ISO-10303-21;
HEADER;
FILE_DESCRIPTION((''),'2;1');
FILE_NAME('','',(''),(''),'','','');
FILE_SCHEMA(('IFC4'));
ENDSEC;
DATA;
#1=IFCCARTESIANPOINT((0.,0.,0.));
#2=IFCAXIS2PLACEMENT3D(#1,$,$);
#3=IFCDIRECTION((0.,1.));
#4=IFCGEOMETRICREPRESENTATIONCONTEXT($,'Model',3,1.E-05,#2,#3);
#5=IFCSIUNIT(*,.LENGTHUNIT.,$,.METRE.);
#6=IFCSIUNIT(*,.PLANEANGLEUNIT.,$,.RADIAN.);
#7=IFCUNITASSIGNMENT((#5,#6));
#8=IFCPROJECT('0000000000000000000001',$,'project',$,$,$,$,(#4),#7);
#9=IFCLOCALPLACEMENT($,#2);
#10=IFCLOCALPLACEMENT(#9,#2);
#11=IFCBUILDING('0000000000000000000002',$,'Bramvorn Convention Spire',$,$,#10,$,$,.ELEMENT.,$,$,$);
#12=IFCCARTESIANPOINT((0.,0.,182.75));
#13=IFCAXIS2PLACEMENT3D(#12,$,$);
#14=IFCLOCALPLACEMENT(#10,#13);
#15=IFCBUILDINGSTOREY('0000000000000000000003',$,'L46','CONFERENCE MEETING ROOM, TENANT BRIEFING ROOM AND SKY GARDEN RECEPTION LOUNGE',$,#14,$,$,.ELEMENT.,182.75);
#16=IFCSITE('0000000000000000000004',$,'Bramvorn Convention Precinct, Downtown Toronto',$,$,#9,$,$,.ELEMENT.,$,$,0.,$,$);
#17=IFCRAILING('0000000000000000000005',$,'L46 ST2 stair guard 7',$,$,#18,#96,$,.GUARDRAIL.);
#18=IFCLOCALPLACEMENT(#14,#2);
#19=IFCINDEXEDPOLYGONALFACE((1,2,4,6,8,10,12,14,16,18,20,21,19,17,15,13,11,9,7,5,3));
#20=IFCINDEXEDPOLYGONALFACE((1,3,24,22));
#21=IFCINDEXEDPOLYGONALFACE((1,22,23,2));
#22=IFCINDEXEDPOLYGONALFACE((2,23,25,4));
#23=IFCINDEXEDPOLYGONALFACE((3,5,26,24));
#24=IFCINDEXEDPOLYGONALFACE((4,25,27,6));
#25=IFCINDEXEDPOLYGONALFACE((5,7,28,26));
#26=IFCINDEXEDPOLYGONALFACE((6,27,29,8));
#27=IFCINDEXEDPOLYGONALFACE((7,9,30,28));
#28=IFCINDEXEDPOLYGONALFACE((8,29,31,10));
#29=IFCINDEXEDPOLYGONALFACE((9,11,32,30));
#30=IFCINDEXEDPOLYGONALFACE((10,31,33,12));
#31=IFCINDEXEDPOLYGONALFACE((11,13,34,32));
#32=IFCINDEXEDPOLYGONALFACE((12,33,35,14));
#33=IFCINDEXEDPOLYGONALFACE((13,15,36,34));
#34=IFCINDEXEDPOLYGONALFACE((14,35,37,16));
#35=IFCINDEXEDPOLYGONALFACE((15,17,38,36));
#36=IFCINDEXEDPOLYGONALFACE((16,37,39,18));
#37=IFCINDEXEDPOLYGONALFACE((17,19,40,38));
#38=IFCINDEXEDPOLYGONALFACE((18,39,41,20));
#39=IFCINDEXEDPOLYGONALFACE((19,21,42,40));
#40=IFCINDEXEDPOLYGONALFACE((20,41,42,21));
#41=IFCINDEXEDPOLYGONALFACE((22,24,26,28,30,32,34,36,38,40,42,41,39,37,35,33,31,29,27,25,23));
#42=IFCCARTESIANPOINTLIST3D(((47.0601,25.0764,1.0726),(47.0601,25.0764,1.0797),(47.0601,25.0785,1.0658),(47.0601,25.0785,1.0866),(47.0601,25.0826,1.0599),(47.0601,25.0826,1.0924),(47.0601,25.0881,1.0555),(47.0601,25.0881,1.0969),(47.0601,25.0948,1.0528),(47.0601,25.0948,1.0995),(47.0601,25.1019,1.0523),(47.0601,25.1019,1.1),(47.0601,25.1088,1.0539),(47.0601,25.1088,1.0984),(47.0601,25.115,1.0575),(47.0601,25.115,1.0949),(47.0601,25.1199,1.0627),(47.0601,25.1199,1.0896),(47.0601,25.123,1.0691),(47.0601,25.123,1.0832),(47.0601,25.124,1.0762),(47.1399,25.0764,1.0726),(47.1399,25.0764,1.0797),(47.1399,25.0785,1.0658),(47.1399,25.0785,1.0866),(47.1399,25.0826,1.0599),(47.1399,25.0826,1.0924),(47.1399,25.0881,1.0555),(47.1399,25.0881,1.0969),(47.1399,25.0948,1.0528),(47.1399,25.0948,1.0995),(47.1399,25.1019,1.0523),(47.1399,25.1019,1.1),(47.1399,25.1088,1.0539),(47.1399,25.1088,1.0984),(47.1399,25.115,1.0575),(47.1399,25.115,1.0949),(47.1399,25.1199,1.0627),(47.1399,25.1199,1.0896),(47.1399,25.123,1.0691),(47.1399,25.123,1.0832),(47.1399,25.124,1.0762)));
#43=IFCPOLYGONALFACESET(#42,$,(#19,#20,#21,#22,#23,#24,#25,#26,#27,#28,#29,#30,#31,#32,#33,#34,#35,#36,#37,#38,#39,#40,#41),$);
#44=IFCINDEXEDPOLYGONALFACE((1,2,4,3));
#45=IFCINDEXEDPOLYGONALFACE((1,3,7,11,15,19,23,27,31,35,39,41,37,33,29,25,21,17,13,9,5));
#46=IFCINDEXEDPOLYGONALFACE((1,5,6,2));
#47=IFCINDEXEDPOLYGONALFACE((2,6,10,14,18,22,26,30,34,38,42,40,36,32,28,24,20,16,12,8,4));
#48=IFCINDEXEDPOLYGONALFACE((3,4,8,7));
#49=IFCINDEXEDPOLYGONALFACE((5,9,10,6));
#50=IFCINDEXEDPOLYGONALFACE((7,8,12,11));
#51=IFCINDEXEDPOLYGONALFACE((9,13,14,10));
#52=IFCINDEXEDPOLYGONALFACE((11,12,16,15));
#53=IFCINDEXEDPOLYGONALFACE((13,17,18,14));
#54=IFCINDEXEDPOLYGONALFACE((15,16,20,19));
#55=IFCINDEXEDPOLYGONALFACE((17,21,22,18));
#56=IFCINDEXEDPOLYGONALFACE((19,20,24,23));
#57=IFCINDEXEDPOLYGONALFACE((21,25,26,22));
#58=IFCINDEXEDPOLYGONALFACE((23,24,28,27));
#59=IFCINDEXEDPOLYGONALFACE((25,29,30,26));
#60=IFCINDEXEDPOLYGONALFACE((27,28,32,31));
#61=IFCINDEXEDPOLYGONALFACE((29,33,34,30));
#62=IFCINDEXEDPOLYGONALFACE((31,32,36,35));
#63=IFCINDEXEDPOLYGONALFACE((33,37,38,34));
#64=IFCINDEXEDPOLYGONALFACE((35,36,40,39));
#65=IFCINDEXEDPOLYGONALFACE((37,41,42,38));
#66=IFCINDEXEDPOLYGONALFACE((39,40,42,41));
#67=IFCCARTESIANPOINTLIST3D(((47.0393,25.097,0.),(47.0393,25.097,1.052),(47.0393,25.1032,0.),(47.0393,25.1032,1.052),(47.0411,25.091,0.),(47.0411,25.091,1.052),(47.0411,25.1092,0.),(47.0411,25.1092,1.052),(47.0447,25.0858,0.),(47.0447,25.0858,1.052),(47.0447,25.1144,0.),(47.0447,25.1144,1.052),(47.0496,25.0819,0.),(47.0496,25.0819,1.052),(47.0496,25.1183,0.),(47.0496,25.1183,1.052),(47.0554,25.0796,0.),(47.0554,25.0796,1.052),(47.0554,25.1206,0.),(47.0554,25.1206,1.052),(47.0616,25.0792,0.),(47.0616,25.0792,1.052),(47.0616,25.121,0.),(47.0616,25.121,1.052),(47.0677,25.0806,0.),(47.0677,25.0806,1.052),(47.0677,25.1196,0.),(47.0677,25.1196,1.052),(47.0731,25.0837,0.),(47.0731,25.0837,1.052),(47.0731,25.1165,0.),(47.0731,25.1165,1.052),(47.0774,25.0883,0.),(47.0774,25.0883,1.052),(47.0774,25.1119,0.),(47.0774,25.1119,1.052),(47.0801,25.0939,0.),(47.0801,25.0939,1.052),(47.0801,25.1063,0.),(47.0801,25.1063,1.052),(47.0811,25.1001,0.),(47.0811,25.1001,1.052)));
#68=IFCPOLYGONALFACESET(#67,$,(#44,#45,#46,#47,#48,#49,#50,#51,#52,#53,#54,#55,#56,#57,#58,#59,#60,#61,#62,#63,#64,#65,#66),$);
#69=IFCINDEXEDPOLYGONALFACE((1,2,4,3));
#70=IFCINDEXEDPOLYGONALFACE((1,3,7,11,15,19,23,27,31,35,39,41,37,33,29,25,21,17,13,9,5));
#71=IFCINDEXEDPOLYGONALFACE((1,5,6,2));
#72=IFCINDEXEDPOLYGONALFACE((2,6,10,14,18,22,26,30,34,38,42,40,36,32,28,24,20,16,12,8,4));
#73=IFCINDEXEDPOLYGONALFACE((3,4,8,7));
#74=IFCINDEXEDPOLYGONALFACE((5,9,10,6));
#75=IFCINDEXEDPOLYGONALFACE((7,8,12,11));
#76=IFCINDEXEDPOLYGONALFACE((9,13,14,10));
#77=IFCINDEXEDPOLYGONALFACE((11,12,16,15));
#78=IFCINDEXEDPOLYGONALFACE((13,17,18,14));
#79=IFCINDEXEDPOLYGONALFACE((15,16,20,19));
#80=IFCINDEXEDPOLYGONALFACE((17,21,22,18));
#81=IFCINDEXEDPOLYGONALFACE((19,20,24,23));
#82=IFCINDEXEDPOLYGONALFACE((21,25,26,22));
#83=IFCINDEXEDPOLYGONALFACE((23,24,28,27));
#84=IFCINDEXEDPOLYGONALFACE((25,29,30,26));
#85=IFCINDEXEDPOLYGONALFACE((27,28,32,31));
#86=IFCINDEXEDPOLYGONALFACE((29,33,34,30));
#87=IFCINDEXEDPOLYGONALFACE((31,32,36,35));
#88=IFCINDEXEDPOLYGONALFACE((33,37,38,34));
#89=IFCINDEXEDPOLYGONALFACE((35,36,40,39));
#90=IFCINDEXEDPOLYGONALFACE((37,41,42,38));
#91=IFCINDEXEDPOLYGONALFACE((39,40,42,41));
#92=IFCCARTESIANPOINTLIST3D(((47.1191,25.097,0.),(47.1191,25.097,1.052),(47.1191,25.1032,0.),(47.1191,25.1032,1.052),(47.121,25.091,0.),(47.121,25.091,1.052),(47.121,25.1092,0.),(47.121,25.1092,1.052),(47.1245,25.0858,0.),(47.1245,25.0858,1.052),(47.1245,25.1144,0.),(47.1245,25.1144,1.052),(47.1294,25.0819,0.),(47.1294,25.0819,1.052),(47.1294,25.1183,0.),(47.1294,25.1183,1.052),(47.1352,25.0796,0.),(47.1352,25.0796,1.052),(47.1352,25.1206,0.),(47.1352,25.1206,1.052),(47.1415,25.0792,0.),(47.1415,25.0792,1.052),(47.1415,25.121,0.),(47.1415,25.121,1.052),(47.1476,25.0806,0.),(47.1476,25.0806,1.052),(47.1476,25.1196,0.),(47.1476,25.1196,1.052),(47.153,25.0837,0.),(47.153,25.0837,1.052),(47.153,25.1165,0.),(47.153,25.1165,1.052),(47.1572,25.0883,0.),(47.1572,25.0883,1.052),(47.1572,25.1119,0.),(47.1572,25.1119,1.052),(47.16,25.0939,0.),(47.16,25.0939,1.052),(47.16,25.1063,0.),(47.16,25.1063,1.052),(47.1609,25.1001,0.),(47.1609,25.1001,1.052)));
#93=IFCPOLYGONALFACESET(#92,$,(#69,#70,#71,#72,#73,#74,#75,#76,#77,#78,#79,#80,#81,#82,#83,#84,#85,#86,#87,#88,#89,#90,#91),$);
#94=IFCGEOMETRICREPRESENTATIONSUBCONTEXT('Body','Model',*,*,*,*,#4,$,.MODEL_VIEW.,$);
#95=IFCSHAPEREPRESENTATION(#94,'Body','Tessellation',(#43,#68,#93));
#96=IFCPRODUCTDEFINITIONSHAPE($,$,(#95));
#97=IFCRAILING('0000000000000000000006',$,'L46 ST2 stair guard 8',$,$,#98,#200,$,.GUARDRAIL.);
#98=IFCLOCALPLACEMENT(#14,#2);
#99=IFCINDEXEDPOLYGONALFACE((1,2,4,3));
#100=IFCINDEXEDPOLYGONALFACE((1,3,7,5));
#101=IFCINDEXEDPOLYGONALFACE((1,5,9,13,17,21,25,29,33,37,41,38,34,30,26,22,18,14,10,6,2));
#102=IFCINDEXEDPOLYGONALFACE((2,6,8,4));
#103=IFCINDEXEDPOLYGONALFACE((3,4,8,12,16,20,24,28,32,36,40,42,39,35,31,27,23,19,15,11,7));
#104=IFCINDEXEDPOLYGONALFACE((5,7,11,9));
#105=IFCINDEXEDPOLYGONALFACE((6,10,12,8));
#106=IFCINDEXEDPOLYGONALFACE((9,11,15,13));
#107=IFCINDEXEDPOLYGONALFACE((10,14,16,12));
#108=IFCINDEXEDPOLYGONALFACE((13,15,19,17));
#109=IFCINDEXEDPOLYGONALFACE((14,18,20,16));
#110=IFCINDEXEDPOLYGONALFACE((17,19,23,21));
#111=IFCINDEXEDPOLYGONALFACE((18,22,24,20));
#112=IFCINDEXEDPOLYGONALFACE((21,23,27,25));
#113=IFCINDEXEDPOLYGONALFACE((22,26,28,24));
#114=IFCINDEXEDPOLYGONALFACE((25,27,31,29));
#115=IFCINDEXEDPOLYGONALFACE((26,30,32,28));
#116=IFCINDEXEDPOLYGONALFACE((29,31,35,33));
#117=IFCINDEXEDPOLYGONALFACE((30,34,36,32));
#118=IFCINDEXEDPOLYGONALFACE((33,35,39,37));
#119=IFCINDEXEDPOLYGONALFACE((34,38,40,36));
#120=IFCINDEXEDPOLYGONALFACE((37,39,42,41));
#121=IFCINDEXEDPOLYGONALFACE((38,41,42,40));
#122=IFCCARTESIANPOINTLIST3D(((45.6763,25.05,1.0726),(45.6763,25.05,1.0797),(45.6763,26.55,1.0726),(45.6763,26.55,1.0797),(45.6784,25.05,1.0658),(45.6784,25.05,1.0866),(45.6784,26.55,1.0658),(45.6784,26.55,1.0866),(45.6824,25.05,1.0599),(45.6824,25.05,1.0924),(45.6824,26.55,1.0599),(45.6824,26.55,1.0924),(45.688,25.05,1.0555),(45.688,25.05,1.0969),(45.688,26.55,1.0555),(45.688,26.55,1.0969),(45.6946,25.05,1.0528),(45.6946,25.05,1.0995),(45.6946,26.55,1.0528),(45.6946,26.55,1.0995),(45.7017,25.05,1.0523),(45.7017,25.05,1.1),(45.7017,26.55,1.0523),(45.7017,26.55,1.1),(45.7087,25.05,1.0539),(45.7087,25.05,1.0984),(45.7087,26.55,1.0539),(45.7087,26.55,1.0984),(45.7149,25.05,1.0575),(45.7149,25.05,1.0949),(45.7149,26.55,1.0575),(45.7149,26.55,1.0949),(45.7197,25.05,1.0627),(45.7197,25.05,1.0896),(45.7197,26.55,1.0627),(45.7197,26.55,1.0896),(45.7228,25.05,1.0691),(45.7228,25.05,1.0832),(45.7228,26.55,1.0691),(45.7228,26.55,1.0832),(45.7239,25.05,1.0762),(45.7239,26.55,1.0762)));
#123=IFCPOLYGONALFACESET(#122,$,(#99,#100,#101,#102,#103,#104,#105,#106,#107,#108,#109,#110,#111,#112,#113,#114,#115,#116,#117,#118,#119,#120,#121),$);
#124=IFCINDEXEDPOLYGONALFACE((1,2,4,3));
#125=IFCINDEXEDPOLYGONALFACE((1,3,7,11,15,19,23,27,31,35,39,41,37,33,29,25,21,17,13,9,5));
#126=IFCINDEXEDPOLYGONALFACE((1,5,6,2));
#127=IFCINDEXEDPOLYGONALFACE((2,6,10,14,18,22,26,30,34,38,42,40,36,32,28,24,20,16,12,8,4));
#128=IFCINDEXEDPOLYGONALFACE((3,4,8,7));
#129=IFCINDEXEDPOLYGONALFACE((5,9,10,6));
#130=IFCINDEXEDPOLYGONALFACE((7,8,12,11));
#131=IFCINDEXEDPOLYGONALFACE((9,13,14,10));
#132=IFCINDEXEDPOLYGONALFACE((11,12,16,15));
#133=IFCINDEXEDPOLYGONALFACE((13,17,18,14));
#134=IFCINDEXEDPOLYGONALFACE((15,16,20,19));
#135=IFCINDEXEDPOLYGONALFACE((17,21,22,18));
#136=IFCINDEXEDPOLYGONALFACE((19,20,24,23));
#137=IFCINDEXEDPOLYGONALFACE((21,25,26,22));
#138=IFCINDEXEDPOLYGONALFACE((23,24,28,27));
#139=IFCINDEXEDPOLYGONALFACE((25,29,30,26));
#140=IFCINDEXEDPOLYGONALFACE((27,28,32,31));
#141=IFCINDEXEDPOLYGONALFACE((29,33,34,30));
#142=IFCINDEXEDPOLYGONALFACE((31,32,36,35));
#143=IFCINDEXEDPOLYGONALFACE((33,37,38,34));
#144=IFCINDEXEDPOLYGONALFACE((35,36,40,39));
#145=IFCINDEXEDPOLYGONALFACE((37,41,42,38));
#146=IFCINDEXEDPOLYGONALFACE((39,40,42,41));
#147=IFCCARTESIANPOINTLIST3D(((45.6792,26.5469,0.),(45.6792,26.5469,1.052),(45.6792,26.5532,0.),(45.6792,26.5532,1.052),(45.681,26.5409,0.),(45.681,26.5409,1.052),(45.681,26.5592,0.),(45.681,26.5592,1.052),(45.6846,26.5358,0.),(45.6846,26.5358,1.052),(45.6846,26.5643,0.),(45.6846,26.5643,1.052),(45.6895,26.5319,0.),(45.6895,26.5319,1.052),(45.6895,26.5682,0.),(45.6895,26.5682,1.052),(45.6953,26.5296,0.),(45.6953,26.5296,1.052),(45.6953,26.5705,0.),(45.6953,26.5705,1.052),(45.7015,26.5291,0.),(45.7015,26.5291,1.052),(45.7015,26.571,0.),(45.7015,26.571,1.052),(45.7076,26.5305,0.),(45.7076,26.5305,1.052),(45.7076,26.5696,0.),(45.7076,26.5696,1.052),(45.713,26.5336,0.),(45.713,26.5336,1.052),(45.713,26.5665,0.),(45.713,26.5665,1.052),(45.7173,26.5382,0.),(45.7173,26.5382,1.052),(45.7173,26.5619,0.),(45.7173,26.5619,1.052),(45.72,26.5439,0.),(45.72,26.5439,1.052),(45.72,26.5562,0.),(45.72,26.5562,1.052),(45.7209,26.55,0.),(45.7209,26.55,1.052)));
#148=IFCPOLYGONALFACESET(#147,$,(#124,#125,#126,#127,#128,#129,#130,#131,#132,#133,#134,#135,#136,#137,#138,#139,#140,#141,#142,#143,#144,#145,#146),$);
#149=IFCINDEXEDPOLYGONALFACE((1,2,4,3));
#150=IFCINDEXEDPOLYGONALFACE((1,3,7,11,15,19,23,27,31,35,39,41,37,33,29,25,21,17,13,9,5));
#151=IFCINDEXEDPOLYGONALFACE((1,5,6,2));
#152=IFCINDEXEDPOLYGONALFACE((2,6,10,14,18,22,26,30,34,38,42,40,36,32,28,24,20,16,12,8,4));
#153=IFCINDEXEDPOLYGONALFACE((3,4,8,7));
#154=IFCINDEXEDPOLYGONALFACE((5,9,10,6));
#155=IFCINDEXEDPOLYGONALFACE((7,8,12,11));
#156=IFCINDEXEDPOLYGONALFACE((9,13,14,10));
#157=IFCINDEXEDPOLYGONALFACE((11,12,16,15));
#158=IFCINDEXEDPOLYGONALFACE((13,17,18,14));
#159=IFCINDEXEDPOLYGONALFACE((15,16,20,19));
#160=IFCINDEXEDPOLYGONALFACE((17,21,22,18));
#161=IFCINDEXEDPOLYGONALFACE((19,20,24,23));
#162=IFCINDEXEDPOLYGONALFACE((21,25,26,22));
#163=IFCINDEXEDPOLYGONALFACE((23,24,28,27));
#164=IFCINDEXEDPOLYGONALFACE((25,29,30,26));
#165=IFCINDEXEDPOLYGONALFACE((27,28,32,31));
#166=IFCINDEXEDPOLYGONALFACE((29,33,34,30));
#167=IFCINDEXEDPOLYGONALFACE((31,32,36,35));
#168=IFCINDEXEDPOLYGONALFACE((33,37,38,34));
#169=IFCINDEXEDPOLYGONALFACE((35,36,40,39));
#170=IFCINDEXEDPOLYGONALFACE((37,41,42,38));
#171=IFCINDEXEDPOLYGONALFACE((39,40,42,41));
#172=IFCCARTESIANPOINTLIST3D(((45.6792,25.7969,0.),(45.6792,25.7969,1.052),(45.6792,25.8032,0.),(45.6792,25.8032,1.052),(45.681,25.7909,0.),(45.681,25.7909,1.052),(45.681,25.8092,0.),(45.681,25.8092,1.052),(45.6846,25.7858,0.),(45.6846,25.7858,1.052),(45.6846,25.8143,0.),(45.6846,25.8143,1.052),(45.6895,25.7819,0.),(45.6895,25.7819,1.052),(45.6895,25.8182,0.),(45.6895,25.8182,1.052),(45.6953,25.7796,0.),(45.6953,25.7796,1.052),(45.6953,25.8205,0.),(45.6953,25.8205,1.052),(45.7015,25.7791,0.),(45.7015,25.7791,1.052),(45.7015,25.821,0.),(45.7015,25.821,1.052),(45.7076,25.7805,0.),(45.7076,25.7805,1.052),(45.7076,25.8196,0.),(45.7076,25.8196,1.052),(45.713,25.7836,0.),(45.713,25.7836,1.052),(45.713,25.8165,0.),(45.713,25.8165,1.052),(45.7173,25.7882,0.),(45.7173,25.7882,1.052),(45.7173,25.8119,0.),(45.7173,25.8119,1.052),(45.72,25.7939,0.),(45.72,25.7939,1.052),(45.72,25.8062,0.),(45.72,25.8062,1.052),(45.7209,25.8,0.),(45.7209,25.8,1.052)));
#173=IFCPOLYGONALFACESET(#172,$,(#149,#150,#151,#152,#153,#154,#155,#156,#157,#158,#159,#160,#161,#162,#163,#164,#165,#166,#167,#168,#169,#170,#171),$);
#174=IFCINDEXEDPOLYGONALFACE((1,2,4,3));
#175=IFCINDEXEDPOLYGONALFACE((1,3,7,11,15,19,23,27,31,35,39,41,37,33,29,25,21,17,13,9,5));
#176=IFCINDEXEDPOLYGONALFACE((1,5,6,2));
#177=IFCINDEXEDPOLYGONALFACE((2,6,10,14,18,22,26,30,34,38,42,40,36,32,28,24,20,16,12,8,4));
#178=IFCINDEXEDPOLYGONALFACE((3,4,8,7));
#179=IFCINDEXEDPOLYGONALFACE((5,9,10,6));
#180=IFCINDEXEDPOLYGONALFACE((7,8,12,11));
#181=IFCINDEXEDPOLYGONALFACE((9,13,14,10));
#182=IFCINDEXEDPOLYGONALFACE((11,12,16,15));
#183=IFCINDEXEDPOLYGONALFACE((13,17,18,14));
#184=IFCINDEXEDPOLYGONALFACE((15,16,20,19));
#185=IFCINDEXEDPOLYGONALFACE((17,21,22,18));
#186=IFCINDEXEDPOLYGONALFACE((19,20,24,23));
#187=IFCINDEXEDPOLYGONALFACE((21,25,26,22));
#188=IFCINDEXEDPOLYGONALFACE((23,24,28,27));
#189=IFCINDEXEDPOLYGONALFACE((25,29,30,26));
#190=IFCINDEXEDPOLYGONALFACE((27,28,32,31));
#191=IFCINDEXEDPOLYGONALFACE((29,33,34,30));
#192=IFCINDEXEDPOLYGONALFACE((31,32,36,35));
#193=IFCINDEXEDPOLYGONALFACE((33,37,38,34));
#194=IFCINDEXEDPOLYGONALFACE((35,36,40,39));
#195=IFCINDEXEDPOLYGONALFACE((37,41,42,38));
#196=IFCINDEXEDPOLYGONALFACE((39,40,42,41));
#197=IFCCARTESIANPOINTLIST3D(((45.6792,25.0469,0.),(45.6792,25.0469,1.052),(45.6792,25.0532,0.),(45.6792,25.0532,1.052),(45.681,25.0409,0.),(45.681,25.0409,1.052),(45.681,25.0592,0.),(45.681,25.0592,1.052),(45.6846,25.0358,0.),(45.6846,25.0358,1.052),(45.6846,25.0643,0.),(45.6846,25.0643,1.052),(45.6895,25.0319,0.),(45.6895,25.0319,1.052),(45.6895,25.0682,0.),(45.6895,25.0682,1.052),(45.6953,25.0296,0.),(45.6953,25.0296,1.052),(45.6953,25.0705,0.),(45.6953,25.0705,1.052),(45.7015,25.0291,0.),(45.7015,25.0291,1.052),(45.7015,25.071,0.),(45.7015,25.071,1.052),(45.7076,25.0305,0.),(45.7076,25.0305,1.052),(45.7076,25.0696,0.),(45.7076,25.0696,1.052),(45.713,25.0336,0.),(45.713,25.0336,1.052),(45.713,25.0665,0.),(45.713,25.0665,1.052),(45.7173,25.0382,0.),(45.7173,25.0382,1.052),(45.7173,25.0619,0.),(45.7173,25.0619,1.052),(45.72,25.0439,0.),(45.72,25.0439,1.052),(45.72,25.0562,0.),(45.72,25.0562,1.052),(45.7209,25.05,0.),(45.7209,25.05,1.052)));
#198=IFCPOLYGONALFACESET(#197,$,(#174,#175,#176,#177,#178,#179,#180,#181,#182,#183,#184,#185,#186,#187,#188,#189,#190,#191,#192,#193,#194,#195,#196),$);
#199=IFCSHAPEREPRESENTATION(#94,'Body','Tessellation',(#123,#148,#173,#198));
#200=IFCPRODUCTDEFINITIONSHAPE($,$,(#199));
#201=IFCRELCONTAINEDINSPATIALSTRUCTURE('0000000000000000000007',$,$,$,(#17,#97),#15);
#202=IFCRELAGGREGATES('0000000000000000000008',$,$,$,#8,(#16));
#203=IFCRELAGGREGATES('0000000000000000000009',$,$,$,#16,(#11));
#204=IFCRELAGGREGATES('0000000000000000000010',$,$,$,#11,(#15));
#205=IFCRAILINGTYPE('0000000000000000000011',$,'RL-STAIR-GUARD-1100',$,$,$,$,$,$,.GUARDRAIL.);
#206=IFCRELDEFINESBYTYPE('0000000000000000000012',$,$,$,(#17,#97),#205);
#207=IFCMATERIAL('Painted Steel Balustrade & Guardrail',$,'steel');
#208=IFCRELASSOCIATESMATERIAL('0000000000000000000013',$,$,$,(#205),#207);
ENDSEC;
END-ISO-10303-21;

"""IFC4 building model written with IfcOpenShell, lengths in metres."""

from ifc_helpers import new_model, si_unit, direction, frame, origin, origin_2d, place, context, subcontext, project, spatial, circle, extrude, material, type_object, element, save


model = new_model("IFC4")

# Units and contexts
model_context = context("Model", 3, precision=1e-05, world=origin(), true_north=direction((0.0, 1.0)))
body_context = subcontext(model_context, "Body", "Model", "MODEL_VIEW")
ifc_project = project(units=[si_unit("LENGTHUNIT", "METRE"), si_unit("PLANEANGLEUNIT", "RADIAN")], contexts=[model_context])

# Site, building, storey
site_placement = place(None, origin())
site = spatial("IfcSite", under=ifc_project, at=site_placement, Name="Bramvorn Convention Precinct, Downtown Toronto", CompositionType="ELEMENT", RefElevation=0.0)
building_placement = place(site_placement, origin())
building = spatial("IfcBuilding", under=site, at=building_placement, Name="Bramvorn Convention Spire", CompositionType="ELEMENT")
storey_placement = place(building_placement, frame((0.0, 0.0, 182.75)))
storey = spatial("IfcBuildingStorey", under=building, at=storey_placement, Name="L46", Description="CONFERENCE MEETING ROOM, TENANT BRIEFING ROOM AND SKY GARDEN RECEPTION LOUNGE", CompositionType="ELEMENT", Elevation=182.75)

# Railings
ifc_material_1 = material(Name="Painted Steel Balustrade & Guardrail", Category="steel")
railing_type_1 = type_object("IfcRailingType", Name="RL-STAIR-GUARD-1100", PredefinedType="GUARDRAIL", material=ifc_material_1)
railing_1_placement = place(storey_placement, frame((47.0601, 25.1001, 0.0)))
element("IfcRailing", 1, at=railing_1_placement, inside=storey, type_object=railing_type_1, Name="L46 ST2 stair guard 7", PredefinedType="GUARDRAIL", context=body_context, shape_type="SweptSolid", body=[
    extrude(circle(Radius=0.0239, at=origin_2d()), frame((0.0, 0.0, 1.0762), z_axis=(1.0, 0.0, 0.0), x_axis=(0.0, 1.0, 0.0)), (0.0, 0.0, 1.0), 0.0798),
    extrude(circle(Radius=0.021, at=origin_2d()), origin(), (0.0, 0.0, 1.0), 1.052),
    extrude(circle(Radius=0.021, at=origin_2d()), frame((0.0798, 0.0, 0.0)), (0.0, 0.0, 1.0), 1.052),
])
railing_2_placement = place(storey_placement, frame((45.7, 26.55, 0.0)))
element("IfcRailing", 2, at=railing_2_placement, inside=storey, type_object=railing_type_1, Name="L46 ST2 stair guard 8", PredefinedType="GUARDRAIL", context=body_context, shape_type="SweptSolid", body=[
    extrude(circle(Radius=0.0239, at=origin_2d()), frame((0.0, 0.0, 1.0762), z_axis=(0.0, -1.0, 0.0), x_axis=(1.0, 0.0, 0.0)), (0.0, 0.0, 1.0), 1.5),
    extrude(circle(Radius=0.021, at=origin_2d()), origin(), (0.0, 0.0, 1.0), 1.052),
    extrude(circle(Radius=0.021, at=origin_2d()), frame((0.0, -0.75, 0.0)), (0.0, 0.0, 1.0), 1.052),
    extrude(circle(Radius=0.021, at=origin_2d()), frame((0.0, -1.5, 0.0)), (0.0, 0.0, 1.0), 1.052),
])

save(model, "model.ifc")
